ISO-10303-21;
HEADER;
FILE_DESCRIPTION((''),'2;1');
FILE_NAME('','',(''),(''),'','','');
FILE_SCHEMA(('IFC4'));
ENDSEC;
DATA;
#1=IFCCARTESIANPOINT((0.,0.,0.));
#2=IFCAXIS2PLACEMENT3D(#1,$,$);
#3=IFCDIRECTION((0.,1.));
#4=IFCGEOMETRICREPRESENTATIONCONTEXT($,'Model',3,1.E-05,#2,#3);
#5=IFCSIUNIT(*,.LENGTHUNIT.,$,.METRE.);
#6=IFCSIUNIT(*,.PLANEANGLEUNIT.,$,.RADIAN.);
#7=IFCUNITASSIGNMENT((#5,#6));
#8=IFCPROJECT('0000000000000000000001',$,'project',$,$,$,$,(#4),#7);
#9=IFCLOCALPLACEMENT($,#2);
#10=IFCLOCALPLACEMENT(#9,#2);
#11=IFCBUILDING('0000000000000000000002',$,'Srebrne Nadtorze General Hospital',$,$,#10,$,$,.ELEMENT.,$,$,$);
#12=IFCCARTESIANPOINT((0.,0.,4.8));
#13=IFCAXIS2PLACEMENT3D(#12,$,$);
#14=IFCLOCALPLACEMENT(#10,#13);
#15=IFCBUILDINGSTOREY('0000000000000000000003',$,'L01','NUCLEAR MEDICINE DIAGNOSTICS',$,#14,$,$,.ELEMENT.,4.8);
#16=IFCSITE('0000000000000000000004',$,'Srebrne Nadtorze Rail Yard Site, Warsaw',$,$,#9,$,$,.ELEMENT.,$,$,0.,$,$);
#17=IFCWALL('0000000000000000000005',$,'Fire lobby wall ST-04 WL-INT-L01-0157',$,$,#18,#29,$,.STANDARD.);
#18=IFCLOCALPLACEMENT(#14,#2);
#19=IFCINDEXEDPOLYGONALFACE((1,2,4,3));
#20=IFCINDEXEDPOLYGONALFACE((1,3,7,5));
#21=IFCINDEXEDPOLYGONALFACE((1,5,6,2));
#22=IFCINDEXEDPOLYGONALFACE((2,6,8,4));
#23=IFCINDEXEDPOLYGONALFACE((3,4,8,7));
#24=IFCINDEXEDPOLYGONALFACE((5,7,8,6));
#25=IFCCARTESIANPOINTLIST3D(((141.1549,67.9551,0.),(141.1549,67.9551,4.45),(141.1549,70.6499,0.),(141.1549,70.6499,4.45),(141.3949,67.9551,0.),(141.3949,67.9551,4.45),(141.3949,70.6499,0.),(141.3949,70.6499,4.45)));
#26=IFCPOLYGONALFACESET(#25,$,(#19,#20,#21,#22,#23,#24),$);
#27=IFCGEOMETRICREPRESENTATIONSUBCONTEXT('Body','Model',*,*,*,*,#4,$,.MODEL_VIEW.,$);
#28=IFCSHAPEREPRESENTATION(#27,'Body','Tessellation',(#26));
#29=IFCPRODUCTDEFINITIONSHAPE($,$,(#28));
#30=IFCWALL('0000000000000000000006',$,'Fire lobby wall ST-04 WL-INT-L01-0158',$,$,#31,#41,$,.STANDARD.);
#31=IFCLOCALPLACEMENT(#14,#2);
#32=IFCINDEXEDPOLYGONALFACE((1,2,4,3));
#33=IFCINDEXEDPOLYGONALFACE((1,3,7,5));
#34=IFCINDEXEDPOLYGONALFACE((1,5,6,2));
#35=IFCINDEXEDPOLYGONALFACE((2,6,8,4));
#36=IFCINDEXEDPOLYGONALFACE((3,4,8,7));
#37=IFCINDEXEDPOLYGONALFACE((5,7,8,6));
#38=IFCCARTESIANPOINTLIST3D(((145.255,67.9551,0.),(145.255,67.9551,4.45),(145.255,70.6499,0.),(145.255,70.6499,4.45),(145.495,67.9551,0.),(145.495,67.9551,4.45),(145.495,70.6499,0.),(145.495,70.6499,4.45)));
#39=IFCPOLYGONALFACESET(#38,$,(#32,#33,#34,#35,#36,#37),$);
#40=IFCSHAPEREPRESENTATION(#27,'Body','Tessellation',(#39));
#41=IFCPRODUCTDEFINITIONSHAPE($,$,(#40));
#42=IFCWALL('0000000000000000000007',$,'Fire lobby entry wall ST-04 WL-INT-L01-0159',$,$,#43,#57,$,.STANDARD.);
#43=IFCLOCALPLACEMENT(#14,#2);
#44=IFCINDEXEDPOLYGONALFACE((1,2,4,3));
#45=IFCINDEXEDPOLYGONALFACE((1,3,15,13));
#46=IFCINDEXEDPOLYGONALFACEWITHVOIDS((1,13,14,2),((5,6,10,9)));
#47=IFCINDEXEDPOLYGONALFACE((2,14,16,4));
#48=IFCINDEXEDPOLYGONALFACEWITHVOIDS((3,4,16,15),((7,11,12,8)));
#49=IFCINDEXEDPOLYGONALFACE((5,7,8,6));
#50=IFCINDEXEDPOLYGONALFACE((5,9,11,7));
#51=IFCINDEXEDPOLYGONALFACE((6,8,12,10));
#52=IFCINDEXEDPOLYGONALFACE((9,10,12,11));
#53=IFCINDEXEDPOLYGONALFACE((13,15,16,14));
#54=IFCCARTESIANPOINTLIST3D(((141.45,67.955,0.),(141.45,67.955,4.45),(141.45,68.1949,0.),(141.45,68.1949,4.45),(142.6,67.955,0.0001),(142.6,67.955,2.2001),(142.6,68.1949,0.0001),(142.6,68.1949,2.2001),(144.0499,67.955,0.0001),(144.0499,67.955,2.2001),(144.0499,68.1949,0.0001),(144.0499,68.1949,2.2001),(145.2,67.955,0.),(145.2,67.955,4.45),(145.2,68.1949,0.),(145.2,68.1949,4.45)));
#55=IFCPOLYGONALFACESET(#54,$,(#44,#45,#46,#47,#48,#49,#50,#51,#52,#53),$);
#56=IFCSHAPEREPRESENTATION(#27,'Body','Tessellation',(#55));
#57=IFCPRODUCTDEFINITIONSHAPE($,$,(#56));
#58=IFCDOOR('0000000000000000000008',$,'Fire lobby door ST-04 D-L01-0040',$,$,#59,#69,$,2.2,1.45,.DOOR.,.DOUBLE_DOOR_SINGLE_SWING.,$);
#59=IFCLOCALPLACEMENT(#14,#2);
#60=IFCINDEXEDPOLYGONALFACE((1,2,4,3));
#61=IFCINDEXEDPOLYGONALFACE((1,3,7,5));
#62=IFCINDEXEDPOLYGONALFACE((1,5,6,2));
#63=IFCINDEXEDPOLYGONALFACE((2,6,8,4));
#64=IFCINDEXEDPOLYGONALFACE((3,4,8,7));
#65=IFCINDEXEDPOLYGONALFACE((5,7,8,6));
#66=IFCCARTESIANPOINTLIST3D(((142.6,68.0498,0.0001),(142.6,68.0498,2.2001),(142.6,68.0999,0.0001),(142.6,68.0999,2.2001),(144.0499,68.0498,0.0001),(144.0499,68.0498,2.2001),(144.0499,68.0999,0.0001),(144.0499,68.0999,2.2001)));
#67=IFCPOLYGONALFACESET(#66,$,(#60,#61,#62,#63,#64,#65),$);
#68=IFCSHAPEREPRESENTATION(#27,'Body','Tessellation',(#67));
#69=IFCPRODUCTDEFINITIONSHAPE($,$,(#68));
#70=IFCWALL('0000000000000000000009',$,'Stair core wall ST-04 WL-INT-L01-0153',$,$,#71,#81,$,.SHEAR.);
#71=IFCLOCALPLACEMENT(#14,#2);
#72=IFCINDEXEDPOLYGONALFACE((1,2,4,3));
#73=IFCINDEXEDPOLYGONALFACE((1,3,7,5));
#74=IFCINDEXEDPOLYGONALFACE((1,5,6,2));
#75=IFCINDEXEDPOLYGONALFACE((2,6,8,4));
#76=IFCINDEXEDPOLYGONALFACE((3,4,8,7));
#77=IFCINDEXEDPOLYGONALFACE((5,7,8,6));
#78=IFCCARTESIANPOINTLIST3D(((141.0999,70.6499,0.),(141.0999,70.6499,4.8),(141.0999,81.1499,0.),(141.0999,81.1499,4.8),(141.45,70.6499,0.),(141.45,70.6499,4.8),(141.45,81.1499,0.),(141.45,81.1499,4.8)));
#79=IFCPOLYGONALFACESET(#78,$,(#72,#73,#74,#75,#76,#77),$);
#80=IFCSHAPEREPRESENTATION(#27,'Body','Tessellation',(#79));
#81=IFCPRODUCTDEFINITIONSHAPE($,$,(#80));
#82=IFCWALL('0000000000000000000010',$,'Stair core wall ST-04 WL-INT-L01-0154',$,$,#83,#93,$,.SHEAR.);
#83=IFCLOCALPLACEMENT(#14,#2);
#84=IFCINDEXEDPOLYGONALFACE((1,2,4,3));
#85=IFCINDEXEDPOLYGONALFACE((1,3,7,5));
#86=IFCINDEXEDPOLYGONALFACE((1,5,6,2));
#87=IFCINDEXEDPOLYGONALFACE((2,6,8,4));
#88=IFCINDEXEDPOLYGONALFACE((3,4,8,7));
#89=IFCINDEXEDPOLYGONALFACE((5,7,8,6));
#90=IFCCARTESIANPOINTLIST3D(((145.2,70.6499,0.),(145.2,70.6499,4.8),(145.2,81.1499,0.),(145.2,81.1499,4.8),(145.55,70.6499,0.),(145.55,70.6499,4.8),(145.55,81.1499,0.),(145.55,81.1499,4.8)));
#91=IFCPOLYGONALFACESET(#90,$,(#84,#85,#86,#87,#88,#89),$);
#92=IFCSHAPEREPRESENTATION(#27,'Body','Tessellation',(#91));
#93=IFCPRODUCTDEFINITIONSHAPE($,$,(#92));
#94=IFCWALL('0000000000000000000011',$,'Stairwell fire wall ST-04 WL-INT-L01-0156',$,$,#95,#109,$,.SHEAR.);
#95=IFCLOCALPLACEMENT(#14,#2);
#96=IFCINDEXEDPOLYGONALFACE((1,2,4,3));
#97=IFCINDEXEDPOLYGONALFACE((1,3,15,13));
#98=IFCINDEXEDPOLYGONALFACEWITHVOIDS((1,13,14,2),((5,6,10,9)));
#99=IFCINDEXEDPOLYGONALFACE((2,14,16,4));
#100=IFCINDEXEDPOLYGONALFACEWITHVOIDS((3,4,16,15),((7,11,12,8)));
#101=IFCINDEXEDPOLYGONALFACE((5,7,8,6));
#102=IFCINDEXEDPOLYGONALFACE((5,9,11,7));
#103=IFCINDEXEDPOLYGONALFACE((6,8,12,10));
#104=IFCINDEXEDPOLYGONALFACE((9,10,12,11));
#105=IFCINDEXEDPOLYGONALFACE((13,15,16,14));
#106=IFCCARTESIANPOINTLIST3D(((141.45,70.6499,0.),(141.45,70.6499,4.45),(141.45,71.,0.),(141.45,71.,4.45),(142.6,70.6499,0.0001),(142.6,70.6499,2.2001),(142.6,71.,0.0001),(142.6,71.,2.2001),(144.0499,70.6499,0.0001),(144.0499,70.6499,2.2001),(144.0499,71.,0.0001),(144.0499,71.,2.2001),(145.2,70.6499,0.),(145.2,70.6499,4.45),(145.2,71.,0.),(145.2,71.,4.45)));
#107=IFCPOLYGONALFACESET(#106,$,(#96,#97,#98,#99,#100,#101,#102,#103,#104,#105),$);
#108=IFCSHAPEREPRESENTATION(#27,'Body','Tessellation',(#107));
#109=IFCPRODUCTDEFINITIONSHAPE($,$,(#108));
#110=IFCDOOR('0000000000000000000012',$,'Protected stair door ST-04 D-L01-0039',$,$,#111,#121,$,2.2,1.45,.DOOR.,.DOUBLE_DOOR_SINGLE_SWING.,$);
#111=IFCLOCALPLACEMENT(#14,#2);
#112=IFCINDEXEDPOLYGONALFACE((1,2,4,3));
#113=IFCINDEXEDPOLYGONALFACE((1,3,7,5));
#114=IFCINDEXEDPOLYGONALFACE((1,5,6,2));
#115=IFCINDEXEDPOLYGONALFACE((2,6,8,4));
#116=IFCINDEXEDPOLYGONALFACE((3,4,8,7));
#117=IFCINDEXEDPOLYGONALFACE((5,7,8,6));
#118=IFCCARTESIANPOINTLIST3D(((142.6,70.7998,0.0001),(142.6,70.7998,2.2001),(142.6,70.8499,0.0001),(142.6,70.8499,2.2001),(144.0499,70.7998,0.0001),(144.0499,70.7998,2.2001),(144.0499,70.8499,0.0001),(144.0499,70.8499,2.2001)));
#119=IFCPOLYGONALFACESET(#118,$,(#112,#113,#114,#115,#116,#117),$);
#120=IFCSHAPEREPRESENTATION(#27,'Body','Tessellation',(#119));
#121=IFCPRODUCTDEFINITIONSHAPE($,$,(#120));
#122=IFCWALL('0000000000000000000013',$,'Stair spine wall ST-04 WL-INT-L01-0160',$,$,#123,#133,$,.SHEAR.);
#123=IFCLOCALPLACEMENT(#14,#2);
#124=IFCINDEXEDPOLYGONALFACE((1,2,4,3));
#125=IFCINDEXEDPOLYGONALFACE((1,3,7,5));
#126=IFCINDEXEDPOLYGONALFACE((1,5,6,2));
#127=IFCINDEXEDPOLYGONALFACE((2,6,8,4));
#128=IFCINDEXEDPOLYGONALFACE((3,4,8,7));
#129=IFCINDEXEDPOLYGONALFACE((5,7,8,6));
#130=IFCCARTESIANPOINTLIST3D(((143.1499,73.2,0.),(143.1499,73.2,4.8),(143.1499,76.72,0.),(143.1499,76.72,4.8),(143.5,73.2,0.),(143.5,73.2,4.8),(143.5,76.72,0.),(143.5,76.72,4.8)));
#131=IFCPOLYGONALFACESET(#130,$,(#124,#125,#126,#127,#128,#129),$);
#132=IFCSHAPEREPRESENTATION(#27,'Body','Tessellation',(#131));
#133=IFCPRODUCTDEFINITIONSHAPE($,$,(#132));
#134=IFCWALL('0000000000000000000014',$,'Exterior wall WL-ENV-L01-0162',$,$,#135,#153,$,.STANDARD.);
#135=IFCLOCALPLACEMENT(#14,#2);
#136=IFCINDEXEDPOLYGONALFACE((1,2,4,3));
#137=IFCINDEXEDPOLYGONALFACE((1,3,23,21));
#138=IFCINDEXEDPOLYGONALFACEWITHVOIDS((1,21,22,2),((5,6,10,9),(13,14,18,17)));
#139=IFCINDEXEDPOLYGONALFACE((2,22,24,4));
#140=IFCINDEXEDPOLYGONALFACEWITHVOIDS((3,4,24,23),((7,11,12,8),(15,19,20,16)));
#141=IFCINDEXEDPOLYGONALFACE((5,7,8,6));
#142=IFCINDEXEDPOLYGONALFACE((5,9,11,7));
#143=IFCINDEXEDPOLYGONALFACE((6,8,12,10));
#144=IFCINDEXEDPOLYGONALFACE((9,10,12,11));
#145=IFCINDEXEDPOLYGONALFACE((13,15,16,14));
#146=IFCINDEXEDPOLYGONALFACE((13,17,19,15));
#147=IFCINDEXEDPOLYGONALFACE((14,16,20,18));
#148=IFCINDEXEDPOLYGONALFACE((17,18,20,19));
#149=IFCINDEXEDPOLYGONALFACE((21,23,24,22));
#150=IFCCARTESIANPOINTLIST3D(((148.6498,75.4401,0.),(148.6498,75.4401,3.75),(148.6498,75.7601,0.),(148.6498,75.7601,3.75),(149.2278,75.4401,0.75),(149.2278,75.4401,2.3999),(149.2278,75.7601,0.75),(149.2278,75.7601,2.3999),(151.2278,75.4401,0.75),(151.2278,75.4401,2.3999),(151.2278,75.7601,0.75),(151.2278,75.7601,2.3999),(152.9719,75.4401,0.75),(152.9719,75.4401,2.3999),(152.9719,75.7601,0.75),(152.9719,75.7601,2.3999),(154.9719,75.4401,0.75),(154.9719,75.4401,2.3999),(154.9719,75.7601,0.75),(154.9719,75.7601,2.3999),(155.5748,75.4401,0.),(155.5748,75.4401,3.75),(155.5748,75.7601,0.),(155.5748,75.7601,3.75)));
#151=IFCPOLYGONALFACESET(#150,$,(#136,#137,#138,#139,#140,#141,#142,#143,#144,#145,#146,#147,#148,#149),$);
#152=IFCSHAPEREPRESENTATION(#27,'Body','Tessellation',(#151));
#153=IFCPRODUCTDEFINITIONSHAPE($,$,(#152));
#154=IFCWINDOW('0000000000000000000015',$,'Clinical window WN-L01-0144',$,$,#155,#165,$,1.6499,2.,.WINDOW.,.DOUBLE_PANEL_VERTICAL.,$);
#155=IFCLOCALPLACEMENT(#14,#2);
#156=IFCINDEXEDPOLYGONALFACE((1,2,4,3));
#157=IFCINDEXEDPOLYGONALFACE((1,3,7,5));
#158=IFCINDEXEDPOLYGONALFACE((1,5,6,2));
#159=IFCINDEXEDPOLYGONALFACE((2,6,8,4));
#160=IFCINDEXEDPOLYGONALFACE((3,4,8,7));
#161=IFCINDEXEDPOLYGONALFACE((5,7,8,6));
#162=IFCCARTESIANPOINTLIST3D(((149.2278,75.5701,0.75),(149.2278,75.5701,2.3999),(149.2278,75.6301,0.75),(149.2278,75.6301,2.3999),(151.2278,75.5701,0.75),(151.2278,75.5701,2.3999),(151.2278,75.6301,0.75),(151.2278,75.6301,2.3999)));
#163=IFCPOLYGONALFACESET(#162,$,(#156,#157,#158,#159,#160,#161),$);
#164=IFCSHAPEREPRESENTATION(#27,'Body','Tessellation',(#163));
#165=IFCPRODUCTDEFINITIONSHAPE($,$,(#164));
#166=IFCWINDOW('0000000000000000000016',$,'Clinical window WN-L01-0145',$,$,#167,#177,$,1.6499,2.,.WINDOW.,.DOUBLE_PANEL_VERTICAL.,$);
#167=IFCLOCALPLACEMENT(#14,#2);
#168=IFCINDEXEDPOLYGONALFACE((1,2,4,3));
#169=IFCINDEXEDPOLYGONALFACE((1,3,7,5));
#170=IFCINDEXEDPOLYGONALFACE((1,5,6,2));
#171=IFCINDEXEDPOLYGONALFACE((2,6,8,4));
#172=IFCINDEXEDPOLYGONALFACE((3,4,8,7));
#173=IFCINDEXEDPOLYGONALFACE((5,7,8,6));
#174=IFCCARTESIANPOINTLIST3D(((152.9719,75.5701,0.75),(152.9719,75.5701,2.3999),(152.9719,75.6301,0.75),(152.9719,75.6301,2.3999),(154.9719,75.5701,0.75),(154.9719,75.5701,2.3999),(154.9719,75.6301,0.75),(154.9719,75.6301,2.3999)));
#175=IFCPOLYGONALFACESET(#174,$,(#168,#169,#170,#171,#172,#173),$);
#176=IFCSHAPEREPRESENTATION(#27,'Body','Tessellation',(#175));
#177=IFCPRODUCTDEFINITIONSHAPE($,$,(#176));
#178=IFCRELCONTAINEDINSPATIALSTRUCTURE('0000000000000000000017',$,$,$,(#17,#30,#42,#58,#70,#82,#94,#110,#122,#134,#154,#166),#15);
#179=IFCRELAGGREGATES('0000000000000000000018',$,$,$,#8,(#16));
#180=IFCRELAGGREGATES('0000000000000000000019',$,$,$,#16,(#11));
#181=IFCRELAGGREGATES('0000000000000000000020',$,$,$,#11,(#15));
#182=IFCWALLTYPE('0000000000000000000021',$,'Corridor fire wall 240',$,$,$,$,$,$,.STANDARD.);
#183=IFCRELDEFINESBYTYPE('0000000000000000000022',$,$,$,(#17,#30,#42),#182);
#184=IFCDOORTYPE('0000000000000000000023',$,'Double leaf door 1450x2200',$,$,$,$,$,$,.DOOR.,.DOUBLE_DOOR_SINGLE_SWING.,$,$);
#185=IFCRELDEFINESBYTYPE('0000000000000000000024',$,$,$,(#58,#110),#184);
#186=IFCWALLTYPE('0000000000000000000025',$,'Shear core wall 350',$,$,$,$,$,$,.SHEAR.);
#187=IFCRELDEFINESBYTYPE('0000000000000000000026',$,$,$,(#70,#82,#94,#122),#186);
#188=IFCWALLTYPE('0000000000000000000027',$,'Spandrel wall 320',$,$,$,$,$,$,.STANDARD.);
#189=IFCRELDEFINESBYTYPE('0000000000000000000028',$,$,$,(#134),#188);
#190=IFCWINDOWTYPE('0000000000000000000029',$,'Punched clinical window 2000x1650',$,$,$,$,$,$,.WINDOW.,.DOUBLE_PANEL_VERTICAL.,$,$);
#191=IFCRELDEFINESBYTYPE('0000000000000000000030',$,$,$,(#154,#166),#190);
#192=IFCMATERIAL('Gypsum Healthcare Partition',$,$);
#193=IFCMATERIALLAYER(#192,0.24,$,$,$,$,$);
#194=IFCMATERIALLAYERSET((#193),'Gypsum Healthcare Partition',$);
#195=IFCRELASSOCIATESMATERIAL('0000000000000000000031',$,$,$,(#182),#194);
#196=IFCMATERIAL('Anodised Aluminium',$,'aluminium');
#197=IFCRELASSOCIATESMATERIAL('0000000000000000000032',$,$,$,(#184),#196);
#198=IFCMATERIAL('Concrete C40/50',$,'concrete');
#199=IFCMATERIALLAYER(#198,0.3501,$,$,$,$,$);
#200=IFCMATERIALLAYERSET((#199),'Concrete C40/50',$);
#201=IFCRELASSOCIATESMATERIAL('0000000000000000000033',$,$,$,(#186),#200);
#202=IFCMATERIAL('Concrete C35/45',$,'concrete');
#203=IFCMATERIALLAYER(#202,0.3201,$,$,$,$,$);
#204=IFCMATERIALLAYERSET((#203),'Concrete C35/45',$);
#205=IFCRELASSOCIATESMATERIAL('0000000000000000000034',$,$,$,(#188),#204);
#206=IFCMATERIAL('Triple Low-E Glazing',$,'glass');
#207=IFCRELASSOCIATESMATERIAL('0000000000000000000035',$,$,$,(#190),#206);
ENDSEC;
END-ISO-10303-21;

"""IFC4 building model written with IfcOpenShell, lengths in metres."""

from ifc_helpers import new_model, si_unit, direction, frame, frame_2d, origin, place, context, subcontext, project, spatial, rectangle, extrude, material, layer, layer_set, type_object, element, fill, save


model = new_model("IFC4")

# Units and contexts
model_context = context("Model", 3, precision=1e-05, world=origin(), true_north=direction((0.0, 1.0)))
body_context = subcontext(model_context, "Body", "Model", "MODEL_VIEW")
ifc_project = project(units=[si_unit("LENGTHUNIT", "METRE"), si_unit("PLANEANGLEUNIT", "RADIAN")], contexts=[model_context])

# Site, building, storey
site_placement = place(None, origin())
site = spatial("IfcSite", under=ifc_project, at=site_placement, Name="Srebrne Nadtorze Rail Yard Site, Warsaw", CompositionType="ELEMENT", RefElevation=0.0)
building_placement = place(site_placement, origin())
building = spatial("IfcBuilding", under=site, at=building_placement, Name="Srebrne Nadtorze General Hospital", CompositionType="ELEMENT")
storey_placement = place(building_placement, frame((0.0, 0.0, 4.8)))
storey = spatial("IfcBuildingStorey", under=building, at=storey_placement, Name="L01", Description="NUCLEAR MEDICINE DIAGNOSTICS", CompositionType="ELEMENT", Elevation=4.8)

# Walls
ifc_material_1 = material(Name="Gypsum Healthcare Partition")
ifc_layer_1 = layer(ifc_material_1, 0.24)
ifc_layer_set_1 = layer_set([ifc_layer_1], Name="Gypsum Healthcare Partition")
wall_type_1 = type_object("IfcWallType", Name="Corridor fire wall 240", PredefinedType="STANDARD", material=ifc_layer_set_1)
for number, where, z_axis, x_axis, name in (
    (1, (141.2749, 67.9551, 0.0), (0.0, 0.0, 1.0), (0.0, 1.0, 0.0), "Fire lobby wall ST-04 WL-INT-L01-0157"),
    (2, (145.375, 67.9551, 0.0), (0.0, 0.0, 1.0), (0.0, 1.0, 0.0), "Fire lobby wall ST-04 WL-INT-L01-0158"),
):
    element("IfcWall", number, at=place(storey_placement, frame(where, z_axis=z_axis, x_axis=x_axis)), inside=storey, type_object=wall_type_1, Name=name, PredefinedType="STANDARD", context=body_context, shape_type="SweptSolid", body=[
        extrude(rectangle(XDim=2.6948, YDim=0.24, at=frame_2d((1.3474, 0.0))), origin(), (0.0, 0.0, 1.0), 4.45),
    ])

# Wall, opening, door
wall_1_placement = place(storey_placement, frame((141.45, 68.075, 0.0), z_axis=(0.0, 0.0, 1.0), x_axis=(1.0, 0.0, 0.0)))
wall_1 = element("IfcWall", 3, at=wall_1_placement, inside=storey, type_object=wall_type_1, Name="Fire lobby entry wall ST-04 WL-INT-L01-0159", PredefinedType="STANDARD", context=body_context, shape_type="SweptSolid", body=[
    extrude(rectangle(XDim=3.75, YDim=0.24, at=frame_2d((1.875, 0.0))), origin(), (0.0, 0.0, 1.0), 4.45),
])
opening_1_placement = place(wall_1_placement, frame((1.1499, 0.0, 0.0)))
opening_1 = element("IfcOpeningElement", 4, at=opening_1_placement, cuts=wall_1, PredefinedType="OPENING", context=body_context, shape_type="SweptSolid", body=[
    extrude(rectangle(XDim=1.45, YDim=2.2, at=frame_2d((0.7251, 1.1001))), frame((0.0, 0.1318, 0.0), z_axis=(0.0, -1.0, 0.0), x_axis=(1.0, 0.0, 0.0)), (0.0, 0.0, 1.0), 0.2639),
])
ifc_material_2 = material(Name="Anodised Aluminium", Category="aluminium")
door_type_1 = type_object("IfcDoorType", Name="Double leaf door 1450x2200", OperationType="DOUBLE_DOOR_SINGLE_SWING", PredefinedType="DOOR", material=ifc_material_2)
door_1_placement = place(opening_1_placement, origin())
door_1 = element("IfcDoor", 5, at=door_1_placement, inside=storey, type_object=door_type_1, Name="Fire lobby door ST-04 D-L01-0040", OperationType="DOUBLE_DOOR_SINGLE_SWING", OverallHeight=2.2, OverallWidth=1.45, PredefinedType="DOOR", context=body_context, shape_type="SweptSolid", body=[
    extrude(rectangle(XDim=1.45, YDim=2.2, at=frame_2d((0.7251, 1.1001))), frame((0.0, 0.0249, 0.0), z_axis=(0.0, -1.0, 0.0), x_axis=(1.0, 0.0, 0.0)), (0.0, 0.0, 1.0), 0.05),
])
fill(opening_1, door_1)

# Walls
ifc_material_3 = material(Name="Concrete C40/50", Category="concrete")
ifc_layer_2 = layer(ifc_material_3, 0.3501)
ifc_layer_set_2 = layer_set([ifc_layer_2], Name="Concrete C40/50")
wall_type_2 = type_object("IfcWallType", Name="Shear core wall 350", PredefinedType="SHEAR", material=ifc_layer_set_2)
for number, where, z_axis, x_axis, name in (
    (6, (141.2749, 70.6499, 0.0), (0.0, 0.0, 1.0), (0.0, 1.0, 0.0), "Stair core wall ST-04 WL-INT-L01-0153"),
    (7, (145.375, 70.6499, 0.0), (0.0, 0.0, 1.0), (0.0, 1.0, 0.0), "Stair core wall ST-04 WL-INT-L01-0154"),
):
    element("IfcWall", number, at=place(storey_placement, frame(where, z_axis=z_axis, x_axis=x_axis)), inside=storey, type_object=wall_type_2, Name=name, PredefinedType="SHEAR", context=body_context, shape_type="SweptSolid", body=[
        extrude(rectangle(XDim=10.5, YDim=0.3501, at=frame_2d((5.25, 0.0))), origin(), (0.0, 0.0, 1.0), 4.8),
    ])

# Wall, opening, door
wall_2_placement = place(storey_placement, frame((141.45, 70.825, 0.0), z_axis=(0.0, 0.0, 1.0), x_axis=(1.0, 0.0, 0.0)))
wall_2 = element("IfcWall", 8, at=wall_2_placement, inside=storey, type_object=wall_type_2, Name="Stairwell fire wall ST-04 WL-INT-L01-0156", PredefinedType="SHEAR", context=body_context, shape_type="SweptSolid", body=[
    extrude(rectangle(XDim=3.75, YDim=0.3501, at=frame_2d((1.875, 0.0))), origin(), (0.0, 0.0, 1.0), 4.45),
])
opening_2_placement = place(wall_2_placement, frame((1.1499, 0.0, 0.0)))
opening_2 = element("IfcOpeningElement", 9, at=opening_2_placement, cuts=wall_2, PredefinedType="OPENING", context=body_context, shape_type="SweptSolid", body=[
    extrude(rectangle(XDim=1.45, YDim=2.2, at=frame_2d((0.7251, 1.1001))), frame((0.0, 0.187, 0.0), z_axis=(0.0, -1.0, 0.0), x_axis=(1.0, 0.0, 0.0)), (0.0, 0.0, 1.0), 0.374),
])
door_2_placement = place(opening_2_placement, origin())
door_2 = element("IfcDoor", 10, at=door_2_placement, inside=storey, type_object=door_type_1, Name="Protected stair door ST-04 D-L01-0039", OperationType="DOUBLE_DOOR_SINGLE_SWING", OverallHeight=2.2, OverallWidth=1.45, PredefinedType="DOOR", context=body_context, shape_type="SweptSolid", body=[
    extrude(rectangle(XDim=1.45, YDim=2.2, at=frame_2d((0.7251, 1.1001))), frame((0.0, 0.0249, 0.0), z_axis=(0.0, -1.0, 0.0), x_axis=(1.0, 0.0, 0.0)), (0.0, 0.0, 1.0), 0.05),
])
fill(opening_2, door_2)

# Wall
wall_3_placement = place(storey_placement, frame((143.325, 73.2, 0.0), z_axis=(0.0, 0.0, 1.0), x_axis=(0.0, 1.0, 0.0)))
element("IfcWall", 11, at=wall_3_placement, inside=storey, type_object=wall_type_2, Name="Stair spine wall ST-04 WL-INT-L01-0160", PredefinedType="SHEAR", context=body_context, shape_type="SweptSolid", body=[
    extrude(rectangle(XDim=3.52, YDim=0.3501, at=frame_2d((1.76, 0.0))), origin(), (0.0, 0.0, 1.0), 4.8),
])

# Wall, openings, windows
ifc_material_4 = material(Name="Concrete C35/45", Category="concrete")
ifc_layer_3 = layer(ifc_material_4, 0.3201)
ifc_layer_set_3 = layer_set([ifc_layer_3], Name="Concrete C35/45")
wall_type_3 = type_object("IfcWallType", Name="Spandrel wall 320", PredefinedType="STANDARD", material=ifc_layer_set_3)
wall_4_placement = place(storey_placement, frame((148.6499, 75.6001, 0.0), z_axis=(0.0, 0.0, 1.0), x_axis=(1.0, 0.0, 0.0)))
wall_4 = element("IfcWall", 12, at=wall_4_placement, inside=storey, type_object=wall_type_3, Name="Exterior wall WL-ENV-L01-0162", PredefinedType="STANDARD", context=body_context, shape_type="SweptSolid", body=[
    extrude(rectangle(XDim=6.925, YDim=0.3201, at=frame_2d((3.4624, 0.0))), origin(), (0.0, 0.0, 1.0), 3.75),
])
opening_3_placement = place(wall_4_placement, frame((0.5779, 0.0, 0.75)))
opening_3 = element("IfcOpeningElement", 13, at=opening_3_placement, cuts=wall_4, PredefinedType="OPENING", context=body_context, shape_type="SweptSolid", body=[
    extrude(rectangle(XDim=2.0, YDim=1.6499, at=frame_2d((1.0, 0.825))), frame((0.0, 0.1719, 0.0), z_axis=(0.0, -1.0, 0.0), x_axis=(1.0, 0.0, 0.0)), (0.0, 0.0, 1.0), 0.344),
])
opening_4_placement = place(wall_4_placement, frame((4.322, 0.0, 0.75)))
opening_4 = element("IfcOpeningElement", 14, at=opening_4_placement, cuts=wall_4, PredefinedType="OPENING", context=body_context, shape_type="SweptSolid", body=[
    extrude(rectangle(XDim=2.0, YDim=1.6499, at=frame_2d((1.0, 0.825))), frame((0.0, 0.1719, 0.0), z_axis=(0.0, -1.0, 0.0), x_axis=(1.0, 0.0, 0.0)), (0.0, 0.0, 1.0), 0.344),
])
ifc_material_5 = material(Name="Triple Low-E Glazing", Category="glass")
window_type = type_object("IfcWindowType", Name="Punched clinical window 2000x1650", PartitioningType="DOUBLE_PANEL_VERTICAL", PredefinedType="WINDOW", material=ifc_material_5)
window_1_placement = place(opening_3_placement, origin())
window_1 = element("IfcWindow", 15, at=window_1_placement, inside=storey, type_object=window_type, Name="Clinical window WN-L01-0144", OverallHeight=1.6499, OverallWidth=2.0, PartitioningType="DOUBLE_PANEL_VERTICAL", PredefinedType="WINDOW", context=body_context, shape_type="SweptSolid", body=[
    extrude(rectangle(XDim=2.0, YDim=1.6499, at=frame_2d((1.0, 0.825))), frame((0.0, 0.03, 0.0), z_axis=(0.0, -1.0, 0.0), x_axis=(1.0, 0.0, 0.0)), (0.0, 0.0, 1.0), 0.0601),
])
fill(opening_3, window_1)
window_2_placement = place(opening_4_placement, origin())
window_2 = element("IfcWindow", 16, at=window_2_placement, inside=storey, type_object=window_type, Name="Clinical window WN-L01-0145", OverallHeight=1.6499, OverallWidth=2.0, PartitioningType="DOUBLE_PANEL_VERTICAL", PredefinedType="WINDOW", context=body_context, shape_type="SweptSolid", body=[
    extrude(rectangle(XDim=2.0, YDim=1.6499, at=frame_2d((1.0, 0.825))), frame((0.0, 0.03, 0.0), z_axis=(0.0, -1.0, 0.0), x_axis=(1.0, 0.0, 0.0)), (0.0, 0.0, 1.0), 0.0601),
])
fill(opening_4, window_2)

save(model, "model.ifc")
